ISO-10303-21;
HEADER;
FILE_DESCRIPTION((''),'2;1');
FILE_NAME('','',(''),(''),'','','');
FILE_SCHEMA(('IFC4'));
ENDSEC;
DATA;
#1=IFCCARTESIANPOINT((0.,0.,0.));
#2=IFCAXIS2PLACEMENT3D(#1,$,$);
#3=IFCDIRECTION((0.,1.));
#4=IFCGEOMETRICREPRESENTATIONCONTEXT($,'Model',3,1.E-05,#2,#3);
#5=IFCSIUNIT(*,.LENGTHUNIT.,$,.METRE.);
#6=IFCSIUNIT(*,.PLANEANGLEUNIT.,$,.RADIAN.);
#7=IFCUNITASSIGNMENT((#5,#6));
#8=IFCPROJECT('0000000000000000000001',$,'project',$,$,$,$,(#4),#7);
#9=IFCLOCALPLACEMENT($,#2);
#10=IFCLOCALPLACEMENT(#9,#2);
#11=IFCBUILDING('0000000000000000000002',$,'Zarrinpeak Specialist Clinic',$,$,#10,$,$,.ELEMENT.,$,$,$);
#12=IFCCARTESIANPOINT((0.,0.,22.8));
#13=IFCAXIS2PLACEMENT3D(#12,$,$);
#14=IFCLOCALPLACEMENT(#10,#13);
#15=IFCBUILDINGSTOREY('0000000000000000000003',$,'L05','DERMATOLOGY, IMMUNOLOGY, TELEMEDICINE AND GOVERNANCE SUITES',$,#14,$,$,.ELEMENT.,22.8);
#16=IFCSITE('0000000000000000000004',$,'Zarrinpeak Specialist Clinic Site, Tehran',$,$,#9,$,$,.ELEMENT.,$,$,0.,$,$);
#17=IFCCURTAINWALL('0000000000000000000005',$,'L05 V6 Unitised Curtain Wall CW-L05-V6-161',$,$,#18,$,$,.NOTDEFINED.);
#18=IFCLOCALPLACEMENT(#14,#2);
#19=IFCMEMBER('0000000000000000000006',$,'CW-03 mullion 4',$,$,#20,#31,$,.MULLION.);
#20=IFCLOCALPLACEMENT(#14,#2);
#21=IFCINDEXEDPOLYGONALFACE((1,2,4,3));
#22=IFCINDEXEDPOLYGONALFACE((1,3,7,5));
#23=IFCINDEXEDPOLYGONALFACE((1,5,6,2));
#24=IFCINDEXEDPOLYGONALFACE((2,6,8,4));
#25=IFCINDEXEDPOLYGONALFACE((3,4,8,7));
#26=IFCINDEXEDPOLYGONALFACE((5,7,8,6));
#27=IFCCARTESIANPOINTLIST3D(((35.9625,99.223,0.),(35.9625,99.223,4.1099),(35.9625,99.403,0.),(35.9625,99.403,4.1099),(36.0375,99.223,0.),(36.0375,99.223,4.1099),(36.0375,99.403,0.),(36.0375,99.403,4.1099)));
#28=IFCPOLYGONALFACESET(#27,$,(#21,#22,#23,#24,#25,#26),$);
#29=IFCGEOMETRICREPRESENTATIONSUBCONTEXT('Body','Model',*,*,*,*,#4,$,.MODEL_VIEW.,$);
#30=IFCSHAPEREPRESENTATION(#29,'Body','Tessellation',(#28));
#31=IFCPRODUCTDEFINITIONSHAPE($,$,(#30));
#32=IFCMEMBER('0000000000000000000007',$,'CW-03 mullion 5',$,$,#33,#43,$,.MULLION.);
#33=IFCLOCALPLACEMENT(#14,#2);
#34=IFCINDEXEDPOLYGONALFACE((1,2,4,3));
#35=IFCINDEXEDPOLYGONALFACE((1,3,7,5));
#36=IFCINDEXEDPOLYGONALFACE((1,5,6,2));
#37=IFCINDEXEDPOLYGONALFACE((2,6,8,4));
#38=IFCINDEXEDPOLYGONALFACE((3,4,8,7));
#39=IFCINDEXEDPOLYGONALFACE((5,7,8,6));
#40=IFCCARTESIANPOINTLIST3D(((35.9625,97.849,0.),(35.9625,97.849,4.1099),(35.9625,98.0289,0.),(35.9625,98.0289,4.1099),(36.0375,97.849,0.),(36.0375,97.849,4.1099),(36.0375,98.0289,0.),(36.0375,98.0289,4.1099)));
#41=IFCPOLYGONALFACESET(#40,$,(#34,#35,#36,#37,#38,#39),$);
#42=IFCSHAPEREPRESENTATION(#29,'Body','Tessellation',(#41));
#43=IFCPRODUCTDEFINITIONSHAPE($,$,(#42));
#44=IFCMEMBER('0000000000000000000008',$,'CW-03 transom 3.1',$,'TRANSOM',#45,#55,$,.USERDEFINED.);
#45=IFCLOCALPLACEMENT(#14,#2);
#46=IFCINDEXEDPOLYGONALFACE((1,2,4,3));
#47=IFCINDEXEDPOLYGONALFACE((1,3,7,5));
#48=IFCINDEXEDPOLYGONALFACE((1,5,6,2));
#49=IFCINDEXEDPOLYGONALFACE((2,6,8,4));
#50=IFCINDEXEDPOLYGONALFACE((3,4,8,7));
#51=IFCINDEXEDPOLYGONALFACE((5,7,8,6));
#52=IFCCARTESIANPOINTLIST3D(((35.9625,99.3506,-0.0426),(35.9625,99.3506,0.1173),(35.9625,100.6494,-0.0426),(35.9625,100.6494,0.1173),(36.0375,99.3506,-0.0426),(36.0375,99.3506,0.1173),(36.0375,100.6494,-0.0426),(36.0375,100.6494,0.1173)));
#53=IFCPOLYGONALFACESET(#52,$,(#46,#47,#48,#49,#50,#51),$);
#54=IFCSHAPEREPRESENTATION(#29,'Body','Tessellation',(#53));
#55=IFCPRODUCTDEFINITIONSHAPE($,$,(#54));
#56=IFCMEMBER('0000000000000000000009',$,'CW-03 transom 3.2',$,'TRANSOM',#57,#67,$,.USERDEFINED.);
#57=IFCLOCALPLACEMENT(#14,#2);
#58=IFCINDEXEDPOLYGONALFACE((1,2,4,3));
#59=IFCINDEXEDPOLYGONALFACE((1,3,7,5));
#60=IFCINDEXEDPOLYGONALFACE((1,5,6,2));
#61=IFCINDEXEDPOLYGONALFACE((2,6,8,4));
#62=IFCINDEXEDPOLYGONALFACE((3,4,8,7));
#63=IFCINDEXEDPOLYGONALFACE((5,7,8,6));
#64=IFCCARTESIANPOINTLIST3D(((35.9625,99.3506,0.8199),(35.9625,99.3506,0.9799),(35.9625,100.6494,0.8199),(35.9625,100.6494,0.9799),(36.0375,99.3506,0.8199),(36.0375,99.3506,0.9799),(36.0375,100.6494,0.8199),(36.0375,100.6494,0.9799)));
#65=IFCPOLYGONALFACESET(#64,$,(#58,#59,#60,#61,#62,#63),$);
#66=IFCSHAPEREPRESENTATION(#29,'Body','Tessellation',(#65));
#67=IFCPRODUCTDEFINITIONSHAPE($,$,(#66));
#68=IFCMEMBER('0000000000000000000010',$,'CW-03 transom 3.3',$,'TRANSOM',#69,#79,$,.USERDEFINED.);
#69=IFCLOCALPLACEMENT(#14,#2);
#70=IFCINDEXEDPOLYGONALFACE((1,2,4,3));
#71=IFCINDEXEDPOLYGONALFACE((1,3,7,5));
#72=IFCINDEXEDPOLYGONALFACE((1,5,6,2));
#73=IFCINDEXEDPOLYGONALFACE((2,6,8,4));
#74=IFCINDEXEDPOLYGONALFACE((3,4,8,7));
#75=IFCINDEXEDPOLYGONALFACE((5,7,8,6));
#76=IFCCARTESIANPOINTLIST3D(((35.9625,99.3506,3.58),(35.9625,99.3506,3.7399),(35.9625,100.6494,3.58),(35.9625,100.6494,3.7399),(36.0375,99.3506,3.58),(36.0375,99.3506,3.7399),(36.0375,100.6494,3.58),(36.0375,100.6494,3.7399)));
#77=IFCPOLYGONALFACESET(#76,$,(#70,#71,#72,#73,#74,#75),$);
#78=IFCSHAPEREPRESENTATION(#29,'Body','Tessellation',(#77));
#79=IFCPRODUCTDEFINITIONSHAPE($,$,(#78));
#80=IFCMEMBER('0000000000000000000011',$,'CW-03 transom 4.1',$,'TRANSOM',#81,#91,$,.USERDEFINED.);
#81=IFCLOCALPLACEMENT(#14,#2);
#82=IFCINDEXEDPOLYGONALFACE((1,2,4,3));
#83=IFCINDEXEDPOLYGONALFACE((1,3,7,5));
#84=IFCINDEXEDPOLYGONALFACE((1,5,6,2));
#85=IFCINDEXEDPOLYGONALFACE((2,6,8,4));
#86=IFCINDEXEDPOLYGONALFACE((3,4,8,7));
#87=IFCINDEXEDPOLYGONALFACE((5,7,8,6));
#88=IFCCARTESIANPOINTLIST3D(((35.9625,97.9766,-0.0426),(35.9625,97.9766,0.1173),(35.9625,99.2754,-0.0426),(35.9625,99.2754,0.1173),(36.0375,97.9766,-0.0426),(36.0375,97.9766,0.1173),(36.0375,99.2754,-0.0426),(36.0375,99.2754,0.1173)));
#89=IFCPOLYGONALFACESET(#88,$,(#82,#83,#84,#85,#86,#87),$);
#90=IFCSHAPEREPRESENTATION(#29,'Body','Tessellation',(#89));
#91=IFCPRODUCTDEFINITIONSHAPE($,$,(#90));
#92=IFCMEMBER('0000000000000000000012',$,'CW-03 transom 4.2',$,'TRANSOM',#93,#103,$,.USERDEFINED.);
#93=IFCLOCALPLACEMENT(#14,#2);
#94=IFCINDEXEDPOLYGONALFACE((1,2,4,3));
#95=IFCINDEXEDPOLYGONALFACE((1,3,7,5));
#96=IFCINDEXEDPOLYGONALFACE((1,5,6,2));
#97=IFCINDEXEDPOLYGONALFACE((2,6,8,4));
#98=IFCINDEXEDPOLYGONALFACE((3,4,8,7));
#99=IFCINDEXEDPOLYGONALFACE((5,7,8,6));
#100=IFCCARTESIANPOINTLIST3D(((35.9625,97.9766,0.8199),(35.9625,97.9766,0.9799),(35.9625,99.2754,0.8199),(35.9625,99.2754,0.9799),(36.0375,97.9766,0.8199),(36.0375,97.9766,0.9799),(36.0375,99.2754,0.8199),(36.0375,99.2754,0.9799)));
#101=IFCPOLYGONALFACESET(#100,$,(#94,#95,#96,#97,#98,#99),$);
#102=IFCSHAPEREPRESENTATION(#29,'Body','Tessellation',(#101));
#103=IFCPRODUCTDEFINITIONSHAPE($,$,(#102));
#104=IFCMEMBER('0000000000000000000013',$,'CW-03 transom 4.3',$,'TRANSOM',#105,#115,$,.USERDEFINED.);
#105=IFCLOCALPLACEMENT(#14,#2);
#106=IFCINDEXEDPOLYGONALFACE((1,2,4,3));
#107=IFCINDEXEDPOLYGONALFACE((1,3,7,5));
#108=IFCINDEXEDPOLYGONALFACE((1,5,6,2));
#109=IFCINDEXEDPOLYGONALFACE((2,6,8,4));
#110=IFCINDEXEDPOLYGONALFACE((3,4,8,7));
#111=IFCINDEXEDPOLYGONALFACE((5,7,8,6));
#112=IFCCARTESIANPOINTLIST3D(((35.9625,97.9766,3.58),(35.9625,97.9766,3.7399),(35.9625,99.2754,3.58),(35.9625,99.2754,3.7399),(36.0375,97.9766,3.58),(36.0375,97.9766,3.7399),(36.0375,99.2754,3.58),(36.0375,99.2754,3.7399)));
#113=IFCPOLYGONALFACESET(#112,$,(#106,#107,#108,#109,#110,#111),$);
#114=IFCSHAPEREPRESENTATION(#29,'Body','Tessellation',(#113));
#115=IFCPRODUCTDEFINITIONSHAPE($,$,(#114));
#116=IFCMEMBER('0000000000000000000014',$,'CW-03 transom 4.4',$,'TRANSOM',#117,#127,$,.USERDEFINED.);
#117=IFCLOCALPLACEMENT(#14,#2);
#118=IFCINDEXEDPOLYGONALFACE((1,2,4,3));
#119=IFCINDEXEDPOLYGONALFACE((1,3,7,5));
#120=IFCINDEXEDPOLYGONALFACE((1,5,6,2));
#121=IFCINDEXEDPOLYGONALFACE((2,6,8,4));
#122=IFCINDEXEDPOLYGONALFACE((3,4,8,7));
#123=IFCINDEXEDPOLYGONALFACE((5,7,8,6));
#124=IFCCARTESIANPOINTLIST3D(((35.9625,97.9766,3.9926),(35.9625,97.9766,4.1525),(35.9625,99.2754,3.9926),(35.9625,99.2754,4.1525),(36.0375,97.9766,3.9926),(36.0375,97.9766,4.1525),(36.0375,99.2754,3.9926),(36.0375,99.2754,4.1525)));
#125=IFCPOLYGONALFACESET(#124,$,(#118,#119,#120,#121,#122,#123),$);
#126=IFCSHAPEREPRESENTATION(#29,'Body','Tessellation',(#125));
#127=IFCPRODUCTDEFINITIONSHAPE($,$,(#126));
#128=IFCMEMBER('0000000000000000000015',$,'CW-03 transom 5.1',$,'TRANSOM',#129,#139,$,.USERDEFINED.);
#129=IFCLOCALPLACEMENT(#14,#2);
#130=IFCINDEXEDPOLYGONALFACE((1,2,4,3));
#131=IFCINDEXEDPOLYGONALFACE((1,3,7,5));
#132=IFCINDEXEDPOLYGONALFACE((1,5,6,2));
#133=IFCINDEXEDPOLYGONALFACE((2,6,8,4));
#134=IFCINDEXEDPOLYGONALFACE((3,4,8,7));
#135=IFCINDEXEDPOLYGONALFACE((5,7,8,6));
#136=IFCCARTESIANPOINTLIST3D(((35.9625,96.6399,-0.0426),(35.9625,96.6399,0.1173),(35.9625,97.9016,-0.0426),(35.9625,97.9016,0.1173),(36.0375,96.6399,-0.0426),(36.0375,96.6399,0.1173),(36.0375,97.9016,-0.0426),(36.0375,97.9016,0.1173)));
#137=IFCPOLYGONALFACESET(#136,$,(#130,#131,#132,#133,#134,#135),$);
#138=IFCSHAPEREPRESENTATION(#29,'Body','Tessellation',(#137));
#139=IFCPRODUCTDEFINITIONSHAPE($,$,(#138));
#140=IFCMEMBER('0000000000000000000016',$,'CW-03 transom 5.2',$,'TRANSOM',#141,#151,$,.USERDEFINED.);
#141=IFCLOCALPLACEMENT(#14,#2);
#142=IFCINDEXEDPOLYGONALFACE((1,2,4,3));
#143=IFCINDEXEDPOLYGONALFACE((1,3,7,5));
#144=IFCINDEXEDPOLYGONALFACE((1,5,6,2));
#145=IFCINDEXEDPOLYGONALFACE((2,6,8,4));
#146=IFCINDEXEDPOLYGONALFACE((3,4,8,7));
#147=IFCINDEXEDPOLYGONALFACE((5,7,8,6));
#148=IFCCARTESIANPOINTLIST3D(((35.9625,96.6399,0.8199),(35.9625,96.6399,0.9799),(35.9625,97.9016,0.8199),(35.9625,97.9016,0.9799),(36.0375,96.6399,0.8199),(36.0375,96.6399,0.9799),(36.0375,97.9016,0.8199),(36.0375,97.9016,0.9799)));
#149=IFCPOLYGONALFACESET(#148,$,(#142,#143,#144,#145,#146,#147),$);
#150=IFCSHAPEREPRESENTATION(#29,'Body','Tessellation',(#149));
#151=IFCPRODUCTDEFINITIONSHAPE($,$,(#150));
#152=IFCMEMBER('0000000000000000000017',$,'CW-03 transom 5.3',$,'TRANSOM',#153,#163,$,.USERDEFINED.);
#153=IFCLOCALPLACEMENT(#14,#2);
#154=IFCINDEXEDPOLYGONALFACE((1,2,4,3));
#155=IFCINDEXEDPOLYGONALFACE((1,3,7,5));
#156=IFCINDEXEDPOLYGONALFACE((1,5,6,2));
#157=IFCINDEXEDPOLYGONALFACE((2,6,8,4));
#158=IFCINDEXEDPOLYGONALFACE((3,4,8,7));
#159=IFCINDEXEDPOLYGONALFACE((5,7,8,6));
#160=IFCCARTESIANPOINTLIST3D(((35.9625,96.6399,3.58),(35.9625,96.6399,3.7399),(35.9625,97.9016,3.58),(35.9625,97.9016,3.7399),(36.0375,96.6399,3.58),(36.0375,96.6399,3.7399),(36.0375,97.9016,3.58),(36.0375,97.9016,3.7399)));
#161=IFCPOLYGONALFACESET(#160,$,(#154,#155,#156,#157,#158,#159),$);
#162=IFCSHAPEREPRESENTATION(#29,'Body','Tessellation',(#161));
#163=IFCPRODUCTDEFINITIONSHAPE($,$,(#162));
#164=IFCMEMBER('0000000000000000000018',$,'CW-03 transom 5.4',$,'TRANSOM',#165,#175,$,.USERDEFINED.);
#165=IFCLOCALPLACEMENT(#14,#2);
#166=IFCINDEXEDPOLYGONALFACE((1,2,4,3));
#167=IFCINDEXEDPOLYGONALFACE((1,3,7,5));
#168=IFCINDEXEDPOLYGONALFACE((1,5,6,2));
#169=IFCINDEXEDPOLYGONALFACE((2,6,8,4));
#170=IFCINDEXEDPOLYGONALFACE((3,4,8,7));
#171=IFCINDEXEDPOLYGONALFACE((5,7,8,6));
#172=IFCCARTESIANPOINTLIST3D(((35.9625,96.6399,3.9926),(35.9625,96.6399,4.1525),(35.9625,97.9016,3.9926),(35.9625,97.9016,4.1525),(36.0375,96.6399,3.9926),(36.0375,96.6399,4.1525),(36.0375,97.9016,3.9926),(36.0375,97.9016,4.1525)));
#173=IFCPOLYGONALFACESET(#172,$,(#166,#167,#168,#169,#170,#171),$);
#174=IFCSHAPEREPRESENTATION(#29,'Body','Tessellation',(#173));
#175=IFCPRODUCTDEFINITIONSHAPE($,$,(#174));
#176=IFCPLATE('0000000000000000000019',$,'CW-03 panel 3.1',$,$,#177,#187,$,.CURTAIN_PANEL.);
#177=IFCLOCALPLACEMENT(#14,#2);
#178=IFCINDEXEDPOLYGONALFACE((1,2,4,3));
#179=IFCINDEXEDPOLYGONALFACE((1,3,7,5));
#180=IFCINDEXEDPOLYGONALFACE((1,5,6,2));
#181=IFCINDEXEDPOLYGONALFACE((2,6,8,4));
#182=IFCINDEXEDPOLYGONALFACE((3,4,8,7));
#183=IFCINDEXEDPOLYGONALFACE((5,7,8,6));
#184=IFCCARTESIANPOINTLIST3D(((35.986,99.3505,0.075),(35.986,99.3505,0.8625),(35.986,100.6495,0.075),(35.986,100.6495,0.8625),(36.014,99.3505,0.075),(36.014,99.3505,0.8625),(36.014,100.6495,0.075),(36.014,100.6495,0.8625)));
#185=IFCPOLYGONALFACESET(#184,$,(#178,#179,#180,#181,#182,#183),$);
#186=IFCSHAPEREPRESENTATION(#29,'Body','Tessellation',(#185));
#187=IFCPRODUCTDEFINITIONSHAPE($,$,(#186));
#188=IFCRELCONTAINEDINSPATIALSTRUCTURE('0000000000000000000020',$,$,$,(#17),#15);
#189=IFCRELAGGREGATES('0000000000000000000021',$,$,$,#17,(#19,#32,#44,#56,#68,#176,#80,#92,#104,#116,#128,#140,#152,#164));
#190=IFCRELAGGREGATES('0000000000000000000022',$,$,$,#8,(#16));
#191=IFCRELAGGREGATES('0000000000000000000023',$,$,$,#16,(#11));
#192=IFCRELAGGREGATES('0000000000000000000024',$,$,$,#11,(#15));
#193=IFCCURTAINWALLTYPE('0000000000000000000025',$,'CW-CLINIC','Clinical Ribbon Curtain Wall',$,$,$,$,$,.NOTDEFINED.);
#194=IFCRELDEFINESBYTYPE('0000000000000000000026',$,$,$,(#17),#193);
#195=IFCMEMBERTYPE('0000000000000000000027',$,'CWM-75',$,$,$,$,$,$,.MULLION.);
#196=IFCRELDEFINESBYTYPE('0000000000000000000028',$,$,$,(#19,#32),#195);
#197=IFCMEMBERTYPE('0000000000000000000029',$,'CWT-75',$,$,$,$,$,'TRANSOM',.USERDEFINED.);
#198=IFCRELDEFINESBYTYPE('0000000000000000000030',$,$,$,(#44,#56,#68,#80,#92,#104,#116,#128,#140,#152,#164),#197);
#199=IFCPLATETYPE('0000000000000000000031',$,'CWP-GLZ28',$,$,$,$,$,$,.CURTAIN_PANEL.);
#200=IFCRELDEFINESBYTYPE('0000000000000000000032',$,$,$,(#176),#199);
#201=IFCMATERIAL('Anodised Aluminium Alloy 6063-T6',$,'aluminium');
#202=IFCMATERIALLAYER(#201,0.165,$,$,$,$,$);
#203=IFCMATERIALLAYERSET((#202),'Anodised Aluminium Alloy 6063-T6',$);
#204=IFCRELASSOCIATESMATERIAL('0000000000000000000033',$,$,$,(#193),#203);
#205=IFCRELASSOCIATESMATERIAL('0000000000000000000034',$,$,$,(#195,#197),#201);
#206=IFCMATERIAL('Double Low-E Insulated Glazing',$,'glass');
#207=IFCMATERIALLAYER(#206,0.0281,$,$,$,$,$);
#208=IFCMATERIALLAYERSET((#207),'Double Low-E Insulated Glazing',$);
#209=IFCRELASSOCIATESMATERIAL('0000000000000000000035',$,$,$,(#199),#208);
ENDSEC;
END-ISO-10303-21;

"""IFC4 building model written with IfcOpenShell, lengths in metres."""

from ifc_helpers import new_model, si_unit, direction, frame, origin, origin_2d, place, context, subcontext, project, spatial, rectangle, extrude, material, layer, layer_set, material_profile, profile_set, type_object, element, aggregate, save


model = new_model("IFC4")

# Units and contexts
model_context = context("Model", 3, precision=1e-05, world=origin(), true_north=direction((0.0, 1.0)))
body_context = subcontext(model_context, "Body", "Model", "MODEL_VIEW")
ifc_project = project(units=[si_unit("LENGTHUNIT", "METRE"), si_unit("PLANEANGLEUNIT", "RADIAN")], contexts=[model_context])

# Site, building, storey
site_placement = place(None, origin())
site = spatial("IfcSite", under=ifc_project, at=site_placement, Name="Zarrinpeak Specialist Clinic Site, Tehran", CompositionType="ELEMENT", RefElevation=0.0)
building_placement = place(site_placement, origin())
building = spatial("IfcBuilding", under=site, at=building_placement, Name="Zarrinpeak Specialist Clinic", CompositionType="ELEMENT")
storey_placement = place(building_placement, frame((0.0, 0.0, 22.8)))
storey = spatial("IfcBuildingStorey", under=building, at=storey_placement, Name="L05", Description="DERMATOLOGY, IMMUNOLOGY, TELEMEDICINE AND GOVERNANCE SUITES", CompositionType="ELEMENT", Elevation=22.8)

# Curtain wall, members, plate
ifc_material_1 = material(Name="Anodised Aluminium Alloy 6063-T6", Category="aluminium")
ifc_layer_1 = layer(ifc_material_1, 0.165)
ifc_layer_set_1 = layer_set([ifc_layer_1], Name="Anodised Aluminium Alloy 6063-T6")
curtain_wall_type = type_object("IfcCurtainWallType", Name="CW-CLINIC", Description="Clinical Ribbon Curtain Wall", PredefinedType="NOTDEFINED", material=ifc_layer_set_1)
curtain_wall_placement = place(storey_placement, origin())
curtain_wall = element("IfcCurtainWall", 1, at=curtain_wall_placement, inside=storey, type_object=curtain_wall_type, Name="L05 V6 Unitised Curtain Wall CW-L05-V6-161", PredefinedType="NOTDEFINED")
ifc_material_profile_1 = material_profile(ifc_material_1, rectangle(XDim=0.075, YDim=0.1799, at=origin_2d()), Name="ALU 75x180")
ifc_profile_set_1 = profile_set([ifc_material_profile_1], Name="Anodised Aluminium Alloy 6063-T6")
member_type_1 = type_object("IfcMemberType", Name="CWM-75", PredefinedType="MULLION", material=ifc_profile_set_1)
member_1_placement = place(storey_placement, frame((36.0, 99.313, 0.0), z_axis=(0.0, 0.0, 1.0), x_axis=(1.0, 0.0, 0.0)))
member_1 = element("IfcMember", 2, at=member_1_placement, type_object=member_type_1, Name="CW-03 mullion 4", PredefinedType="MULLION", context=body_context, shape_type="SweptSolid", body=[
    extrude(rectangle(XDim=0.075, YDim=0.1799, at=origin_2d()), origin(), (0.0, 0.0, 1.0), 4.1099),
])
member_2_placement = place(storey_placement, frame((36.0, 97.939, 0.0), z_axis=(0.0, 0.0, 1.0), x_axis=(1.0, 0.0, 0.0)))
member_2 = element("IfcMember", 3, at=member_2_placement, type_object=member_type_1, Name="CW-03 mullion 5", PredefinedType="MULLION", context=body_context, shape_type="SweptSolid", body=[
    extrude(rectangle(XDim=0.075, YDim=0.1799, at=origin_2d()), origin(), (0.0, 0.0, 1.0), 4.1099),
])
ifc_material_profile_2 = material_profile(ifc_material_1, rectangle(XDim=0.075, YDim=0.1599, at=origin_2d()), Name="ALU 75x160")
ifc_profile_set_2 = profile_set([ifc_material_profile_2], Name="Anodised Aluminium Alloy 6063-T6")
member_type_2 = type_object("IfcMemberType", Name="CWT-75", ElementType="TRANSOM", PredefinedType="USERDEFINED", material=ifc_profile_set_2)
member_3_placement = place(storey_placement, frame((36.0, 100.6494, 0.0374), z_axis=(0.0, -1.0, 0.0), x_axis=(1.0, 0.0, 0.0)))
member_3 = element("IfcMember", 4, at=member_3_placement, type_object=member_type_2, Name="CW-03 transom 3.1", ObjectType="TRANSOM", PredefinedType="USERDEFINED", context=body_context, shape_type="SweptSolid", body=[
    extrude(rectangle(XDim=0.075, YDim=0.1599, at=origin_2d()), origin(), (0.0, 0.0, 1.0), 1.2988),
])
member_4_placement = place(storey_placement, frame((36.0, 100.6494, 0.8999), z_axis=(0.0, -1.0, 0.0), x_axis=(1.0, 0.0, 0.0)))
member_4 = element("IfcMember", 5, at=member_4_placement, type_object=member_type_2, Name="CW-03 transom 3.2", ObjectType="TRANSOM", PredefinedType="USERDEFINED", context=body_context, shape_type="SweptSolid", body=[
    extrude(rectangle(XDim=0.075, YDim=0.1599, at=origin_2d()), origin(), (0.0, 0.0, 1.0), 1.2988),
])
member_5_placement = place(storey_placement, frame((36.0, 100.6494, 3.6599), z_axis=(0.0, -1.0, 0.0), x_axis=(1.0, 0.0, 0.0)))
member_5 = element("IfcMember", 6, at=member_5_placement, type_object=member_type_2, Name="CW-03 transom 3.3", ObjectType="TRANSOM", PredefinedType="USERDEFINED", context=body_context, shape_type="SweptSolid", body=[
    extrude(rectangle(XDim=0.075, YDim=0.1599, at=origin_2d()), origin(), (0.0, 0.0, 1.0), 1.2988),
])
member_6_placement = place(storey_placement, frame((36.0, 99.2754, 0.0374), z_axis=(0.0, -1.0, 0.0), x_axis=(1.0, 0.0, 0.0)))
member_6 = element("IfcMember", 7, at=member_6_placement, type_object=member_type_2, Name="CW-03 transom 4.1", ObjectType="TRANSOM", PredefinedType="USERDEFINED", context=body_context, shape_type="SweptSolid", body=[
    extrude(rectangle(XDim=0.075, YDim=0.1599, at=origin_2d()), origin(), (0.0, 0.0, 1.0), 1.2988),
])
member_7_placement = place(storey_placement, frame((36.0, 99.2754, 0.8999), z_axis=(0.0, -1.0, 0.0), x_axis=(1.0, 0.0, 0.0)))
member_7 = element("IfcMember", 8, at=member_7_placement, type_object=member_type_2, Name="CW-03 transom 4.2", ObjectType="TRANSOM", PredefinedType="USERDEFINED", context=body_context, shape_type="SweptSolid", body=[
    extrude(rectangle(XDim=0.075, YDim=0.1599, at=origin_2d()), origin(), (0.0, 0.0, 1.0), 1.2988),
])
member_8_placement = place(storey_placement, frame((36.0, 99.2754, 3.6599), z_axis=(0.0, -1.0, 0.0), x_axis=(1.0, 0.0, 0.0)))
member_8 = element("IfcMember", 9, at=member_8_placement, type_object=member_type_2, Name="CW-03 transom 4.3", ObjectType="TRANSOM", PredefinedType="USERDEFINED", context=body_context, shape_type="SweptSolid", body=[
    extrude(rectangle(XDim=0.075, YDim=0.1599, at=origin_2d()), origin(), (0.0, 0.0, 1.0), 1.2988),
])
member_9_placement = place(storey_placement, frame((36.0, 99.2754, 4.0725), z_axis=(0.0, -1.0, 0.0), x_axis=(1.0, 0.0, 0.0)))
member_9 = element("IfcMember", 10, at=member_9_placement, type_object=member_type_2, Name="CW-03 transom 4.4", ObjectType="TRANSOM", PredefinedType="USERDEFINED", context=body_context, shape_type="SweptSolid", body=[
    extrude(rectangle(XDim=0.075, YDim=0.1599, at=origin_2d()), origin(), (0.0, 0.0, 1.0), 1.2988),
])
member_10_placement = place(storey_placement, frame((36.0, 97.9016, 0.0374), z_axis=(0.0, -1.0, 0.0), x_axis=(1.0, 0.0, 0.0)))
member_10 = element("IfcMember", 11, at=member_10_placement, type_object=member_type_2, Name="CW-03 transom 5.1", ObjectType="TRANSOM", PredefinedType="USERDEFINED", context=body_context, shape_type="SweptSolid", body=[
    extrude(rectangle(XDim=0.075, YDim=0.1599, at=origin_2d()), origin(), (0.0, 0.0, 1.0), 1.2617),
])
member_11_placement = place(storey_placement, frame((36.0, 97.9016, 0.8999), z_axis=(0.0, -1.0, 0.0), x_axis=(1.0, 0.0, 0.0)))
member_11 = element("IfcMember", 12, at=member_11_placement, type_object=member_type_2, Name="CW-03 transom 5.2", ObjectType="TRANSOM", PredefinedType="USERDEFINED", context=body_context, shape_type="SweptSolid", body=[
    extrude(rectangle(XDim=0.075, YDim=0.1599, at=origin_2d()), origin(), (0.0, 0.0, 1.0), 1.2617),
])
member_12_placement = place(storey_placement, frame((36.0, 97.9016, 3.6599), z_axis=(0.0, -1.0, 0.0), x_axis=(1.0, 0.0, 0.0)))
member_12 = element("IfcMember", 13, at=member_12_placement, type_object=member_type_2, Name="CW-03 transom 5.3", ObjectType="TRANSOM", PredefinedType="USERDEFINED", context=body_context, shape_type="SweptSolid", body=[
    extrude(rectangle(XDim=0.075, YDim=0.1599, at=origin_2d()), origin(), (0.0, 0.0, 1.0), 1.2617),
])
member_13_placement = place(storey_placement, frame((36.0, 97.9016, 4.0725), z_axis=(0.0, -1.0, 0.0), x_axis=(1.0, 0.0, 0.0)))
member_13 = element("IfcMember", 14, at=member_13_placement, type_object=member_type_2, Name="CW-03 transom 5.4", ObjectType="TRANSOM", PredefinedType="USERDEFINED", context=body_context, shape_type="SweptSolid", body=[
    extrude(rectangle(XDim=0.075, YDim=0.1599, at=origin_2d()), origin(), (0.0, 0.0, 1.0), 1.2617),
])
ifc_material_2 = material(Name="Double Low-E Insulated Glazing", Category="glass")
ifc_layer_2 = layer(ifc_material_2, 0.0281)
ifc_layer_set_2 = layer_set([ifc_layer_2], Name="Double Low-E Insulated Glazing")
plate_type = type_object("IfcPlateType", Name="CWP-GLZ28", PredefinedType="CURTAIN_PANEL", material=ifc_layer_set_2)
plate_1_placement = place(storey_placement, frame((36.0, 100.0, 0.075), z_axis=(0.0, 0.0, 1.0), x_axis=(0.0, -1.0, 0.0)))
plate_1 = element("IfcPlate", 15, at=plate_1_placement, type_object=plate_type, Name="CW-03 panel 3.1", PredefinedType="CURTAIN_PANEL", context=body_context, shape_type="SweptSolid", body=[
    extrude(rectangle(XDim=1.2991, YDim=0.0281, at=origin_2d()), origin(), (0.0, 0.0, 1.0), 0.7876),
])
aggregate(curtain_wall, [member_1, member_2, member_3, member_4, member_5, plate_1, member_6, member_7, member_8, member_9, member_10, member_11, member_12, member_13])

save(model, "model.ifc")
